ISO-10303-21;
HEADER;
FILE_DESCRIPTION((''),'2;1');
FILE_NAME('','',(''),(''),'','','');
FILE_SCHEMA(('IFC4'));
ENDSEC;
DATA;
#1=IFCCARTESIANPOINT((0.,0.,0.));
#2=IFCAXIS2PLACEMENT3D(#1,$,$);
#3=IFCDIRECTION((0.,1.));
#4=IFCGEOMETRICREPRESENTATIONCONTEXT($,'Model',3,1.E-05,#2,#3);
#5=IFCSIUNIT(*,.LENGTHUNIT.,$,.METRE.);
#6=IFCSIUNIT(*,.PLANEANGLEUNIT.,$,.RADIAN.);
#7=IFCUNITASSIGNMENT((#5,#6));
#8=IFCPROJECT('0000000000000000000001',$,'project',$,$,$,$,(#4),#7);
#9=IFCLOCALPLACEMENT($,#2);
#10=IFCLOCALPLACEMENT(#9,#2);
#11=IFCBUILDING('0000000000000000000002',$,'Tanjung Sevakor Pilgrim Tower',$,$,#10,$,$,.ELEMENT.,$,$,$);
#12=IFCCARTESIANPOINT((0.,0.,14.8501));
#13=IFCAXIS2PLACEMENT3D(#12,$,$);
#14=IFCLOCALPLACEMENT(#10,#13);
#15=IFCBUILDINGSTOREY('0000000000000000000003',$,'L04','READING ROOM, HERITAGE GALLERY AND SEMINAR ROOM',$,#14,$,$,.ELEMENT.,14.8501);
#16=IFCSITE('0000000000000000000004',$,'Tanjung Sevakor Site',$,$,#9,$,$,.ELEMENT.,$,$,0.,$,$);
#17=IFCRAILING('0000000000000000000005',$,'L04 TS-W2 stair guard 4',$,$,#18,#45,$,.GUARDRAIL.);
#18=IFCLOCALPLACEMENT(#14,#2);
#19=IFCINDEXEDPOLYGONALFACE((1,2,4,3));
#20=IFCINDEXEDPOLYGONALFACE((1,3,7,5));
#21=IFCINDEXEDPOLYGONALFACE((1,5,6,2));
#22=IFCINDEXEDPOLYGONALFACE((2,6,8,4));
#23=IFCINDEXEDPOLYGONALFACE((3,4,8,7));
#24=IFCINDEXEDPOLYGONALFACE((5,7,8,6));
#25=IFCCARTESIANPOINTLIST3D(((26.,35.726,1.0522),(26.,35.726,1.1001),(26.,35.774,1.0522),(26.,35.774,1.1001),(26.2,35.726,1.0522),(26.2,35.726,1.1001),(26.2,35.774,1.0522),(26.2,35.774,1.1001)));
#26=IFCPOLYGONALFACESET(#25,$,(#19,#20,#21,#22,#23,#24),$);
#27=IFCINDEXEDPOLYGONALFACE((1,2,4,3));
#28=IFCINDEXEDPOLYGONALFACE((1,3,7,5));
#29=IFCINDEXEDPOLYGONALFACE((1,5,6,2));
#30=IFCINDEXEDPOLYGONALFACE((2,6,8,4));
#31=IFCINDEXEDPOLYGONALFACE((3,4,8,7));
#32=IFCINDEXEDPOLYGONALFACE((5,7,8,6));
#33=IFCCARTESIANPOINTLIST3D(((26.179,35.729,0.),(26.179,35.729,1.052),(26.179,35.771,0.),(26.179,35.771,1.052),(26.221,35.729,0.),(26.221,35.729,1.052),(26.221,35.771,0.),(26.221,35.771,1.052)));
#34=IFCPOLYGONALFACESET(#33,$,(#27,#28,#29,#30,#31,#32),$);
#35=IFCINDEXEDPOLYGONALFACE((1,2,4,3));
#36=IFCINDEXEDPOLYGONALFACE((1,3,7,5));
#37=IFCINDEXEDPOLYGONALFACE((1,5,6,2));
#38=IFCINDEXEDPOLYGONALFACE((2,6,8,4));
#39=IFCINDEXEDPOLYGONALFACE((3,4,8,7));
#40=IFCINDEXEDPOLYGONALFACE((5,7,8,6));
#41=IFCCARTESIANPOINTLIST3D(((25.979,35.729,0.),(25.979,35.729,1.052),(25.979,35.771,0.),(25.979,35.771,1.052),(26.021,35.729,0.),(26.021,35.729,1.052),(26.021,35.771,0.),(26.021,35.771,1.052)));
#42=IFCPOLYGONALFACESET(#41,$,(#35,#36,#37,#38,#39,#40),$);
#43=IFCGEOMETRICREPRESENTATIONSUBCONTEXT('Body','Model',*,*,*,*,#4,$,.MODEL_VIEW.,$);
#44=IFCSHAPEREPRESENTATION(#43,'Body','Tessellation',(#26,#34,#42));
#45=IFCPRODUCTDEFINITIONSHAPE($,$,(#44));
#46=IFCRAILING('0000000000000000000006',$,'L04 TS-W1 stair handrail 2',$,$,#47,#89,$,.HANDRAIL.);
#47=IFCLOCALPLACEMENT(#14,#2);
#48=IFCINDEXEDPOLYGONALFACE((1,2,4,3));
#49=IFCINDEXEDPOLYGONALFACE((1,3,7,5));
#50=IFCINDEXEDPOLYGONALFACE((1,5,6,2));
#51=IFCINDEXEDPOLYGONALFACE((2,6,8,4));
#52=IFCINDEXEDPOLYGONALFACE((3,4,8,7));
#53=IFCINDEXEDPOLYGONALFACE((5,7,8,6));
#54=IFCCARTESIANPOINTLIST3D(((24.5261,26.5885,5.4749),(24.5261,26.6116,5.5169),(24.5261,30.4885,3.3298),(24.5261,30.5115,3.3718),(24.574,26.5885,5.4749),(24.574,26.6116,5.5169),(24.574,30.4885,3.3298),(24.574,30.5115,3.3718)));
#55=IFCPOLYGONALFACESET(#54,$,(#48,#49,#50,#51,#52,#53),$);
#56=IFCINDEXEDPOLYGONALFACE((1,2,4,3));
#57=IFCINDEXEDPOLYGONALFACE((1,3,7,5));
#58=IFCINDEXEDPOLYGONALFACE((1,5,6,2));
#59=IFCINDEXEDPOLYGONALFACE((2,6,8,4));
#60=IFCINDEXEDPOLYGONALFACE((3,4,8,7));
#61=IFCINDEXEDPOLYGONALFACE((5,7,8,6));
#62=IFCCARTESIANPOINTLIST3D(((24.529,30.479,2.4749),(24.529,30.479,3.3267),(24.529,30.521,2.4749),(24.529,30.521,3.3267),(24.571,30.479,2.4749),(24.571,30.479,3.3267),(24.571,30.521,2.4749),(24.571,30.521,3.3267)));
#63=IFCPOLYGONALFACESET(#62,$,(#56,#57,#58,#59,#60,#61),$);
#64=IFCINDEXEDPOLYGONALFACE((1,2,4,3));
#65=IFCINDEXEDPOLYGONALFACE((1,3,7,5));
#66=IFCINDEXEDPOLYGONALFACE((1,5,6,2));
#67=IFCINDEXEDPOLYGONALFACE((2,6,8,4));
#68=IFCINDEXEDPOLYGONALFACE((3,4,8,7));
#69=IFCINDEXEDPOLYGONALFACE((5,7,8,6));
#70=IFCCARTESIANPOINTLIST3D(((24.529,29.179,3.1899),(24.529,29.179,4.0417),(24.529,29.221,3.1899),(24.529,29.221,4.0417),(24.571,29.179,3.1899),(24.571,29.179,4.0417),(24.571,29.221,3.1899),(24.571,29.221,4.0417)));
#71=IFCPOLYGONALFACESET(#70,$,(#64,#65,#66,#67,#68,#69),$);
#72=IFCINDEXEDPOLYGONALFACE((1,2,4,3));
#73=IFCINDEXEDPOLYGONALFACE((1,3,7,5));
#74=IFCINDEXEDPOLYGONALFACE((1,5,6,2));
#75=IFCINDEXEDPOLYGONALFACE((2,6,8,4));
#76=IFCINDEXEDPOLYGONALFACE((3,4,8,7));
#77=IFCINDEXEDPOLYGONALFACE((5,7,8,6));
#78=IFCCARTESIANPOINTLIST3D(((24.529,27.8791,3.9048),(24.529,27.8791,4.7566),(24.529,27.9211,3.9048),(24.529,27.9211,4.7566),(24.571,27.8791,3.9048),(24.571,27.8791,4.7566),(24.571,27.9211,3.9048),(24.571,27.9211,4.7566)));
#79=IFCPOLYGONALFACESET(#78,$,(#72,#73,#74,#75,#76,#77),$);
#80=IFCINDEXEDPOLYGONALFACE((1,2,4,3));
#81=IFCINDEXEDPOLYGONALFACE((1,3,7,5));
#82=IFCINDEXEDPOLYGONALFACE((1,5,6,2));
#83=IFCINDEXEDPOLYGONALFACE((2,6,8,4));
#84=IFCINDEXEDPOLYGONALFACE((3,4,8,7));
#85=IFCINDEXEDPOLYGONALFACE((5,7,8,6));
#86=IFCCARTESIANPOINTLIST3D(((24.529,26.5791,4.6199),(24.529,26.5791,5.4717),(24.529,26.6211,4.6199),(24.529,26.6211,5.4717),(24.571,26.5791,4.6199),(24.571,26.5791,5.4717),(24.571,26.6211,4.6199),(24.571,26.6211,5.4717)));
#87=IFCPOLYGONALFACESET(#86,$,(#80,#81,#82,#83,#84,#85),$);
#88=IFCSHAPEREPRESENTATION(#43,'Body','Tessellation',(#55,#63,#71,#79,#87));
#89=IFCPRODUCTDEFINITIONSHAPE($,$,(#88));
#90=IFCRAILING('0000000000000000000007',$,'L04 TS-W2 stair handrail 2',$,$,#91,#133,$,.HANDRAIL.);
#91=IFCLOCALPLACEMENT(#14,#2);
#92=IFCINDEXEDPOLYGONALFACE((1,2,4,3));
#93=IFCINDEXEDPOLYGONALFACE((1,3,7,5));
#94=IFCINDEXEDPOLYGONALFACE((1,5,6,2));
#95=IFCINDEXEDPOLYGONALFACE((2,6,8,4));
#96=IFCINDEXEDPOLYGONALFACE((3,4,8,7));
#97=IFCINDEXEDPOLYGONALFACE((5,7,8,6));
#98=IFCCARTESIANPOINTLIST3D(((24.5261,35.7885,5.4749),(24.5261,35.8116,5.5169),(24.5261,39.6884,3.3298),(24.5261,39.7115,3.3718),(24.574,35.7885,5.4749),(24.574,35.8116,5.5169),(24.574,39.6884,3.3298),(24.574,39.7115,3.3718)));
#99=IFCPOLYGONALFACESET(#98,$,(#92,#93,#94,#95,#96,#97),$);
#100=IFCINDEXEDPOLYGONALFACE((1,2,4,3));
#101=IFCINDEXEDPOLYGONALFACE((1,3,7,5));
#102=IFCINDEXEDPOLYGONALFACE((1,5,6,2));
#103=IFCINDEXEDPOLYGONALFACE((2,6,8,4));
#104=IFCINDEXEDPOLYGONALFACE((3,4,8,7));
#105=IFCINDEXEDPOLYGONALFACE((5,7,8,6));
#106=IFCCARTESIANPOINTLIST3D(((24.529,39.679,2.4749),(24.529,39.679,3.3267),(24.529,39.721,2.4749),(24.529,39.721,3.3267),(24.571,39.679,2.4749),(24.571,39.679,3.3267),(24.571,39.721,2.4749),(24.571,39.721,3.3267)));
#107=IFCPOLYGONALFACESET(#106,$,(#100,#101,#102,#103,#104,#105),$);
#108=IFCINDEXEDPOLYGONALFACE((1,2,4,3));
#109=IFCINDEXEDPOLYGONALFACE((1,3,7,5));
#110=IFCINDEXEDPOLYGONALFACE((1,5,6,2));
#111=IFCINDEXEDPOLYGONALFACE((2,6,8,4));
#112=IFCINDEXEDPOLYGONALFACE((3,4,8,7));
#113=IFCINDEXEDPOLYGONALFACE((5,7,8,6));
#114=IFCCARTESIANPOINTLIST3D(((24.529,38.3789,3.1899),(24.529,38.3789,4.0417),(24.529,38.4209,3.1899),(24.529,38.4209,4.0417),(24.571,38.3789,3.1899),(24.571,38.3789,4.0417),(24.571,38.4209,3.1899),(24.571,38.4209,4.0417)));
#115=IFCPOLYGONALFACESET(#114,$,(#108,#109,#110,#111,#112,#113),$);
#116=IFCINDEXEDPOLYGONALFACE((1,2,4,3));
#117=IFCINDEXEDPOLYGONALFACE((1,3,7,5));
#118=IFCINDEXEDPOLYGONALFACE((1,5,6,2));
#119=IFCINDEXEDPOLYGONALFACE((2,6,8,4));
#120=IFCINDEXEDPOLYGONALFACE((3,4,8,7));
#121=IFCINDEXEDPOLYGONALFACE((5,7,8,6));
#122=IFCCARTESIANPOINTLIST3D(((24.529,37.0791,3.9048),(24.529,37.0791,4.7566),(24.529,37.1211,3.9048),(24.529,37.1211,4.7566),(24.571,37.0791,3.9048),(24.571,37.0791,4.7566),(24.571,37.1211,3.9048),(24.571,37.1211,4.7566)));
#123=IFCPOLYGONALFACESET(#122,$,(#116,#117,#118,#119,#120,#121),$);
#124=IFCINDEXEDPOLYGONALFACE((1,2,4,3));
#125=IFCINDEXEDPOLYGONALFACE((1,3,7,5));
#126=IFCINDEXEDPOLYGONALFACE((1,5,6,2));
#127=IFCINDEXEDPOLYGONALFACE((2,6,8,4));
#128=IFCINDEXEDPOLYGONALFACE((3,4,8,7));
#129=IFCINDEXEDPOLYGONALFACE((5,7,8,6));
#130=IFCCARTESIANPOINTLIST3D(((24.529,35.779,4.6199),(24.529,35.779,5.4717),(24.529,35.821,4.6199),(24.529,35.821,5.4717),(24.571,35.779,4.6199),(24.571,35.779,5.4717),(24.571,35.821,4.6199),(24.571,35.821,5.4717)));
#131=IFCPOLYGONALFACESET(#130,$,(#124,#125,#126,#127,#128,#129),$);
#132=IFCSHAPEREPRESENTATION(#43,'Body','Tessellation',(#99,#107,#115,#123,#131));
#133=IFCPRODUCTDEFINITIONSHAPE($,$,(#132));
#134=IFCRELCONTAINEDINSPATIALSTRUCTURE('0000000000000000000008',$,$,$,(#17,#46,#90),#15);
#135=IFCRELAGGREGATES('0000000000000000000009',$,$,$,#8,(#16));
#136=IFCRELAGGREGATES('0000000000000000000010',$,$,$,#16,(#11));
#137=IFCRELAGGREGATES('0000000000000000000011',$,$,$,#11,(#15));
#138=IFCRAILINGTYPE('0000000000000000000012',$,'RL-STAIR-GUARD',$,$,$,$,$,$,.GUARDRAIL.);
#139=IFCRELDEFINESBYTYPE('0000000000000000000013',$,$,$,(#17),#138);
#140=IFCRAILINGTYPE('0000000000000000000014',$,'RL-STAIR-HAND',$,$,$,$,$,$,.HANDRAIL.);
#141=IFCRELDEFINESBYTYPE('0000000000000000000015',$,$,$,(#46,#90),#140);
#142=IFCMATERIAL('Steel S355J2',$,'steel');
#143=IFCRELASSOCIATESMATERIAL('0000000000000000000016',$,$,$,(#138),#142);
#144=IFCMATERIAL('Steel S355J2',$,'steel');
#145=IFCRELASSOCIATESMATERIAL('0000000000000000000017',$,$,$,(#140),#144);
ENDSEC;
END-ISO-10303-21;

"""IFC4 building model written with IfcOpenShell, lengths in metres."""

from ifc_helpers import new_model, si_unit, direction, frame, origin, place, context, subcontext, project, spatial, rectangle, extrude, material, type_object, element, save


model = new_model("IFC4")

# Units and contexts
model_context = context("Model", 3, precision=1e-05, world=origin(), true_north=direction((0.0, 1.0)))
body_context = subcontext(model_context, "Body", "Model", "MODEL_VIEW")
ifc_project = project(units=[si_unit("LENGTHUNIT", "METRE"), si_unit("PLANEANGLEUNIT", "RADIAN")], contexts=[model_context])

# Site, building, storey
site_placement = place(None, origin())
site = spatial("IfcSite", under=ifc_project, at=site_placement, Name="Tanjung Sevakor Site", CompositionType="ELEMENT", RefElevation=0.0)
building_placement = place(site_placement, origin())
building = spatial("IfcBuilding", under=site, at=building_placement, Name="Tanjung Sevakor Pilgrim Tower", CompositionType="ELEMENT")
storey_placement = place(building_placement, frame((0.0, 0.0, 14.8501)))
storey = spatial("IfcBuildingStorey", under=building, at=storey_placement, Name="L04", Description="READING ROOM, HERITAGE GALLERY AND SEMINAR ROOM", CompositionType="ELEMENT", Elevation=14.8501)

# Railings
ifc_material_1 = material(Name="Steel S355J2", Category="steel")
railing_type_1 = type_object("IfcRailingType", Name="RL-STAIR-GUARD", PredefinedType="GUARDRAIL", material=ifc_material_1)
railing_1_placement = place(storey_placement, frame((26.2, 35.75, 0.0)))
element("IfcRailing", 1, at=railing_1_placement, inside=storey, type_object=railing_type_1, Name="L04 TS-W2 stair guard 4", PredefinedType="GUARDRAIL", context=body_context, shape_type="SweptSolid", body=[
    extrude(rectangle(XDim=0.0479, YDim=0.0479), frame((0.0, 0.0, 1.0762), z_axis=(-1.0, 0.0, 0.0), x_axis=(0.0, -1.0, 0.0)), (0.0, 0.0, 1.0), 0.2),
    extrude(rectangle(XDim=0.042, YDim=0.042), origin(), (0.0, 0.0, 1.0), 1.052),
    extrude(rectangle(XDim=0.042, YDim=0.042), frame((-0.2, 0.0, 0.0)), (0.0, 0.0, 1.0), 1.052),
])
ifc_material_2 = material(Name="Steel S355J2", Category="steel")
railing_type_2 = type_object("IfcRailingType", Name="RL-STAIR-HAND", PredefinedType="HANDRAIL", material=ifc_material_2)
for number, where, name in (
    (2, (24.55, 30.5, 2.4749), "L04 TS-W1 stair handrail 2"),
    (3, (24.55, 39.7, 2.4749), "L04 TS-W2 stair handrail 2"),
):
    element("IfcRailing", number, at=place(storey_placement, frame(where)), inside=storey, type_object=railing_type_2, Name=name, PredefinedType="HANDRAIL", context=body_context, shape_type="SweptSolid", body=[
        extrude(rectangle(XDim=0.0479, YDim=0.0479), frame((0.0, 0.0, 0.876), z_axis=(0.0, -0.876209, 0.481931), x_axis=(1.0, 0.0, 0.0)), (0.0, 0.0, 1.0), 4.4509),
        extrude(rectangle(XDim=0.042, YDim=0.042), origin(), (0.0, 0.0, 1.0), 0.8518),
        extrude(rectangle(XDim=0.042, YDim=0.042), frame((0.0, -1.3, 0.7151)), (0.0, 0.0, 1.0), 0.8518),
        extrude(rectangle(XDim=0.042, YDim=0.042), frame((0.0, -2.5999, 1.4299)), (0.0, 0.0, 1.0), 0.8518),
        extrude(rectangle(XDim=0.042, YDim=0.042), frame((0.0, -3.8999, 2.145)), (0.0, 0.0, 1.0), 0.8518),
    ])

save(model, "model.ifc")
